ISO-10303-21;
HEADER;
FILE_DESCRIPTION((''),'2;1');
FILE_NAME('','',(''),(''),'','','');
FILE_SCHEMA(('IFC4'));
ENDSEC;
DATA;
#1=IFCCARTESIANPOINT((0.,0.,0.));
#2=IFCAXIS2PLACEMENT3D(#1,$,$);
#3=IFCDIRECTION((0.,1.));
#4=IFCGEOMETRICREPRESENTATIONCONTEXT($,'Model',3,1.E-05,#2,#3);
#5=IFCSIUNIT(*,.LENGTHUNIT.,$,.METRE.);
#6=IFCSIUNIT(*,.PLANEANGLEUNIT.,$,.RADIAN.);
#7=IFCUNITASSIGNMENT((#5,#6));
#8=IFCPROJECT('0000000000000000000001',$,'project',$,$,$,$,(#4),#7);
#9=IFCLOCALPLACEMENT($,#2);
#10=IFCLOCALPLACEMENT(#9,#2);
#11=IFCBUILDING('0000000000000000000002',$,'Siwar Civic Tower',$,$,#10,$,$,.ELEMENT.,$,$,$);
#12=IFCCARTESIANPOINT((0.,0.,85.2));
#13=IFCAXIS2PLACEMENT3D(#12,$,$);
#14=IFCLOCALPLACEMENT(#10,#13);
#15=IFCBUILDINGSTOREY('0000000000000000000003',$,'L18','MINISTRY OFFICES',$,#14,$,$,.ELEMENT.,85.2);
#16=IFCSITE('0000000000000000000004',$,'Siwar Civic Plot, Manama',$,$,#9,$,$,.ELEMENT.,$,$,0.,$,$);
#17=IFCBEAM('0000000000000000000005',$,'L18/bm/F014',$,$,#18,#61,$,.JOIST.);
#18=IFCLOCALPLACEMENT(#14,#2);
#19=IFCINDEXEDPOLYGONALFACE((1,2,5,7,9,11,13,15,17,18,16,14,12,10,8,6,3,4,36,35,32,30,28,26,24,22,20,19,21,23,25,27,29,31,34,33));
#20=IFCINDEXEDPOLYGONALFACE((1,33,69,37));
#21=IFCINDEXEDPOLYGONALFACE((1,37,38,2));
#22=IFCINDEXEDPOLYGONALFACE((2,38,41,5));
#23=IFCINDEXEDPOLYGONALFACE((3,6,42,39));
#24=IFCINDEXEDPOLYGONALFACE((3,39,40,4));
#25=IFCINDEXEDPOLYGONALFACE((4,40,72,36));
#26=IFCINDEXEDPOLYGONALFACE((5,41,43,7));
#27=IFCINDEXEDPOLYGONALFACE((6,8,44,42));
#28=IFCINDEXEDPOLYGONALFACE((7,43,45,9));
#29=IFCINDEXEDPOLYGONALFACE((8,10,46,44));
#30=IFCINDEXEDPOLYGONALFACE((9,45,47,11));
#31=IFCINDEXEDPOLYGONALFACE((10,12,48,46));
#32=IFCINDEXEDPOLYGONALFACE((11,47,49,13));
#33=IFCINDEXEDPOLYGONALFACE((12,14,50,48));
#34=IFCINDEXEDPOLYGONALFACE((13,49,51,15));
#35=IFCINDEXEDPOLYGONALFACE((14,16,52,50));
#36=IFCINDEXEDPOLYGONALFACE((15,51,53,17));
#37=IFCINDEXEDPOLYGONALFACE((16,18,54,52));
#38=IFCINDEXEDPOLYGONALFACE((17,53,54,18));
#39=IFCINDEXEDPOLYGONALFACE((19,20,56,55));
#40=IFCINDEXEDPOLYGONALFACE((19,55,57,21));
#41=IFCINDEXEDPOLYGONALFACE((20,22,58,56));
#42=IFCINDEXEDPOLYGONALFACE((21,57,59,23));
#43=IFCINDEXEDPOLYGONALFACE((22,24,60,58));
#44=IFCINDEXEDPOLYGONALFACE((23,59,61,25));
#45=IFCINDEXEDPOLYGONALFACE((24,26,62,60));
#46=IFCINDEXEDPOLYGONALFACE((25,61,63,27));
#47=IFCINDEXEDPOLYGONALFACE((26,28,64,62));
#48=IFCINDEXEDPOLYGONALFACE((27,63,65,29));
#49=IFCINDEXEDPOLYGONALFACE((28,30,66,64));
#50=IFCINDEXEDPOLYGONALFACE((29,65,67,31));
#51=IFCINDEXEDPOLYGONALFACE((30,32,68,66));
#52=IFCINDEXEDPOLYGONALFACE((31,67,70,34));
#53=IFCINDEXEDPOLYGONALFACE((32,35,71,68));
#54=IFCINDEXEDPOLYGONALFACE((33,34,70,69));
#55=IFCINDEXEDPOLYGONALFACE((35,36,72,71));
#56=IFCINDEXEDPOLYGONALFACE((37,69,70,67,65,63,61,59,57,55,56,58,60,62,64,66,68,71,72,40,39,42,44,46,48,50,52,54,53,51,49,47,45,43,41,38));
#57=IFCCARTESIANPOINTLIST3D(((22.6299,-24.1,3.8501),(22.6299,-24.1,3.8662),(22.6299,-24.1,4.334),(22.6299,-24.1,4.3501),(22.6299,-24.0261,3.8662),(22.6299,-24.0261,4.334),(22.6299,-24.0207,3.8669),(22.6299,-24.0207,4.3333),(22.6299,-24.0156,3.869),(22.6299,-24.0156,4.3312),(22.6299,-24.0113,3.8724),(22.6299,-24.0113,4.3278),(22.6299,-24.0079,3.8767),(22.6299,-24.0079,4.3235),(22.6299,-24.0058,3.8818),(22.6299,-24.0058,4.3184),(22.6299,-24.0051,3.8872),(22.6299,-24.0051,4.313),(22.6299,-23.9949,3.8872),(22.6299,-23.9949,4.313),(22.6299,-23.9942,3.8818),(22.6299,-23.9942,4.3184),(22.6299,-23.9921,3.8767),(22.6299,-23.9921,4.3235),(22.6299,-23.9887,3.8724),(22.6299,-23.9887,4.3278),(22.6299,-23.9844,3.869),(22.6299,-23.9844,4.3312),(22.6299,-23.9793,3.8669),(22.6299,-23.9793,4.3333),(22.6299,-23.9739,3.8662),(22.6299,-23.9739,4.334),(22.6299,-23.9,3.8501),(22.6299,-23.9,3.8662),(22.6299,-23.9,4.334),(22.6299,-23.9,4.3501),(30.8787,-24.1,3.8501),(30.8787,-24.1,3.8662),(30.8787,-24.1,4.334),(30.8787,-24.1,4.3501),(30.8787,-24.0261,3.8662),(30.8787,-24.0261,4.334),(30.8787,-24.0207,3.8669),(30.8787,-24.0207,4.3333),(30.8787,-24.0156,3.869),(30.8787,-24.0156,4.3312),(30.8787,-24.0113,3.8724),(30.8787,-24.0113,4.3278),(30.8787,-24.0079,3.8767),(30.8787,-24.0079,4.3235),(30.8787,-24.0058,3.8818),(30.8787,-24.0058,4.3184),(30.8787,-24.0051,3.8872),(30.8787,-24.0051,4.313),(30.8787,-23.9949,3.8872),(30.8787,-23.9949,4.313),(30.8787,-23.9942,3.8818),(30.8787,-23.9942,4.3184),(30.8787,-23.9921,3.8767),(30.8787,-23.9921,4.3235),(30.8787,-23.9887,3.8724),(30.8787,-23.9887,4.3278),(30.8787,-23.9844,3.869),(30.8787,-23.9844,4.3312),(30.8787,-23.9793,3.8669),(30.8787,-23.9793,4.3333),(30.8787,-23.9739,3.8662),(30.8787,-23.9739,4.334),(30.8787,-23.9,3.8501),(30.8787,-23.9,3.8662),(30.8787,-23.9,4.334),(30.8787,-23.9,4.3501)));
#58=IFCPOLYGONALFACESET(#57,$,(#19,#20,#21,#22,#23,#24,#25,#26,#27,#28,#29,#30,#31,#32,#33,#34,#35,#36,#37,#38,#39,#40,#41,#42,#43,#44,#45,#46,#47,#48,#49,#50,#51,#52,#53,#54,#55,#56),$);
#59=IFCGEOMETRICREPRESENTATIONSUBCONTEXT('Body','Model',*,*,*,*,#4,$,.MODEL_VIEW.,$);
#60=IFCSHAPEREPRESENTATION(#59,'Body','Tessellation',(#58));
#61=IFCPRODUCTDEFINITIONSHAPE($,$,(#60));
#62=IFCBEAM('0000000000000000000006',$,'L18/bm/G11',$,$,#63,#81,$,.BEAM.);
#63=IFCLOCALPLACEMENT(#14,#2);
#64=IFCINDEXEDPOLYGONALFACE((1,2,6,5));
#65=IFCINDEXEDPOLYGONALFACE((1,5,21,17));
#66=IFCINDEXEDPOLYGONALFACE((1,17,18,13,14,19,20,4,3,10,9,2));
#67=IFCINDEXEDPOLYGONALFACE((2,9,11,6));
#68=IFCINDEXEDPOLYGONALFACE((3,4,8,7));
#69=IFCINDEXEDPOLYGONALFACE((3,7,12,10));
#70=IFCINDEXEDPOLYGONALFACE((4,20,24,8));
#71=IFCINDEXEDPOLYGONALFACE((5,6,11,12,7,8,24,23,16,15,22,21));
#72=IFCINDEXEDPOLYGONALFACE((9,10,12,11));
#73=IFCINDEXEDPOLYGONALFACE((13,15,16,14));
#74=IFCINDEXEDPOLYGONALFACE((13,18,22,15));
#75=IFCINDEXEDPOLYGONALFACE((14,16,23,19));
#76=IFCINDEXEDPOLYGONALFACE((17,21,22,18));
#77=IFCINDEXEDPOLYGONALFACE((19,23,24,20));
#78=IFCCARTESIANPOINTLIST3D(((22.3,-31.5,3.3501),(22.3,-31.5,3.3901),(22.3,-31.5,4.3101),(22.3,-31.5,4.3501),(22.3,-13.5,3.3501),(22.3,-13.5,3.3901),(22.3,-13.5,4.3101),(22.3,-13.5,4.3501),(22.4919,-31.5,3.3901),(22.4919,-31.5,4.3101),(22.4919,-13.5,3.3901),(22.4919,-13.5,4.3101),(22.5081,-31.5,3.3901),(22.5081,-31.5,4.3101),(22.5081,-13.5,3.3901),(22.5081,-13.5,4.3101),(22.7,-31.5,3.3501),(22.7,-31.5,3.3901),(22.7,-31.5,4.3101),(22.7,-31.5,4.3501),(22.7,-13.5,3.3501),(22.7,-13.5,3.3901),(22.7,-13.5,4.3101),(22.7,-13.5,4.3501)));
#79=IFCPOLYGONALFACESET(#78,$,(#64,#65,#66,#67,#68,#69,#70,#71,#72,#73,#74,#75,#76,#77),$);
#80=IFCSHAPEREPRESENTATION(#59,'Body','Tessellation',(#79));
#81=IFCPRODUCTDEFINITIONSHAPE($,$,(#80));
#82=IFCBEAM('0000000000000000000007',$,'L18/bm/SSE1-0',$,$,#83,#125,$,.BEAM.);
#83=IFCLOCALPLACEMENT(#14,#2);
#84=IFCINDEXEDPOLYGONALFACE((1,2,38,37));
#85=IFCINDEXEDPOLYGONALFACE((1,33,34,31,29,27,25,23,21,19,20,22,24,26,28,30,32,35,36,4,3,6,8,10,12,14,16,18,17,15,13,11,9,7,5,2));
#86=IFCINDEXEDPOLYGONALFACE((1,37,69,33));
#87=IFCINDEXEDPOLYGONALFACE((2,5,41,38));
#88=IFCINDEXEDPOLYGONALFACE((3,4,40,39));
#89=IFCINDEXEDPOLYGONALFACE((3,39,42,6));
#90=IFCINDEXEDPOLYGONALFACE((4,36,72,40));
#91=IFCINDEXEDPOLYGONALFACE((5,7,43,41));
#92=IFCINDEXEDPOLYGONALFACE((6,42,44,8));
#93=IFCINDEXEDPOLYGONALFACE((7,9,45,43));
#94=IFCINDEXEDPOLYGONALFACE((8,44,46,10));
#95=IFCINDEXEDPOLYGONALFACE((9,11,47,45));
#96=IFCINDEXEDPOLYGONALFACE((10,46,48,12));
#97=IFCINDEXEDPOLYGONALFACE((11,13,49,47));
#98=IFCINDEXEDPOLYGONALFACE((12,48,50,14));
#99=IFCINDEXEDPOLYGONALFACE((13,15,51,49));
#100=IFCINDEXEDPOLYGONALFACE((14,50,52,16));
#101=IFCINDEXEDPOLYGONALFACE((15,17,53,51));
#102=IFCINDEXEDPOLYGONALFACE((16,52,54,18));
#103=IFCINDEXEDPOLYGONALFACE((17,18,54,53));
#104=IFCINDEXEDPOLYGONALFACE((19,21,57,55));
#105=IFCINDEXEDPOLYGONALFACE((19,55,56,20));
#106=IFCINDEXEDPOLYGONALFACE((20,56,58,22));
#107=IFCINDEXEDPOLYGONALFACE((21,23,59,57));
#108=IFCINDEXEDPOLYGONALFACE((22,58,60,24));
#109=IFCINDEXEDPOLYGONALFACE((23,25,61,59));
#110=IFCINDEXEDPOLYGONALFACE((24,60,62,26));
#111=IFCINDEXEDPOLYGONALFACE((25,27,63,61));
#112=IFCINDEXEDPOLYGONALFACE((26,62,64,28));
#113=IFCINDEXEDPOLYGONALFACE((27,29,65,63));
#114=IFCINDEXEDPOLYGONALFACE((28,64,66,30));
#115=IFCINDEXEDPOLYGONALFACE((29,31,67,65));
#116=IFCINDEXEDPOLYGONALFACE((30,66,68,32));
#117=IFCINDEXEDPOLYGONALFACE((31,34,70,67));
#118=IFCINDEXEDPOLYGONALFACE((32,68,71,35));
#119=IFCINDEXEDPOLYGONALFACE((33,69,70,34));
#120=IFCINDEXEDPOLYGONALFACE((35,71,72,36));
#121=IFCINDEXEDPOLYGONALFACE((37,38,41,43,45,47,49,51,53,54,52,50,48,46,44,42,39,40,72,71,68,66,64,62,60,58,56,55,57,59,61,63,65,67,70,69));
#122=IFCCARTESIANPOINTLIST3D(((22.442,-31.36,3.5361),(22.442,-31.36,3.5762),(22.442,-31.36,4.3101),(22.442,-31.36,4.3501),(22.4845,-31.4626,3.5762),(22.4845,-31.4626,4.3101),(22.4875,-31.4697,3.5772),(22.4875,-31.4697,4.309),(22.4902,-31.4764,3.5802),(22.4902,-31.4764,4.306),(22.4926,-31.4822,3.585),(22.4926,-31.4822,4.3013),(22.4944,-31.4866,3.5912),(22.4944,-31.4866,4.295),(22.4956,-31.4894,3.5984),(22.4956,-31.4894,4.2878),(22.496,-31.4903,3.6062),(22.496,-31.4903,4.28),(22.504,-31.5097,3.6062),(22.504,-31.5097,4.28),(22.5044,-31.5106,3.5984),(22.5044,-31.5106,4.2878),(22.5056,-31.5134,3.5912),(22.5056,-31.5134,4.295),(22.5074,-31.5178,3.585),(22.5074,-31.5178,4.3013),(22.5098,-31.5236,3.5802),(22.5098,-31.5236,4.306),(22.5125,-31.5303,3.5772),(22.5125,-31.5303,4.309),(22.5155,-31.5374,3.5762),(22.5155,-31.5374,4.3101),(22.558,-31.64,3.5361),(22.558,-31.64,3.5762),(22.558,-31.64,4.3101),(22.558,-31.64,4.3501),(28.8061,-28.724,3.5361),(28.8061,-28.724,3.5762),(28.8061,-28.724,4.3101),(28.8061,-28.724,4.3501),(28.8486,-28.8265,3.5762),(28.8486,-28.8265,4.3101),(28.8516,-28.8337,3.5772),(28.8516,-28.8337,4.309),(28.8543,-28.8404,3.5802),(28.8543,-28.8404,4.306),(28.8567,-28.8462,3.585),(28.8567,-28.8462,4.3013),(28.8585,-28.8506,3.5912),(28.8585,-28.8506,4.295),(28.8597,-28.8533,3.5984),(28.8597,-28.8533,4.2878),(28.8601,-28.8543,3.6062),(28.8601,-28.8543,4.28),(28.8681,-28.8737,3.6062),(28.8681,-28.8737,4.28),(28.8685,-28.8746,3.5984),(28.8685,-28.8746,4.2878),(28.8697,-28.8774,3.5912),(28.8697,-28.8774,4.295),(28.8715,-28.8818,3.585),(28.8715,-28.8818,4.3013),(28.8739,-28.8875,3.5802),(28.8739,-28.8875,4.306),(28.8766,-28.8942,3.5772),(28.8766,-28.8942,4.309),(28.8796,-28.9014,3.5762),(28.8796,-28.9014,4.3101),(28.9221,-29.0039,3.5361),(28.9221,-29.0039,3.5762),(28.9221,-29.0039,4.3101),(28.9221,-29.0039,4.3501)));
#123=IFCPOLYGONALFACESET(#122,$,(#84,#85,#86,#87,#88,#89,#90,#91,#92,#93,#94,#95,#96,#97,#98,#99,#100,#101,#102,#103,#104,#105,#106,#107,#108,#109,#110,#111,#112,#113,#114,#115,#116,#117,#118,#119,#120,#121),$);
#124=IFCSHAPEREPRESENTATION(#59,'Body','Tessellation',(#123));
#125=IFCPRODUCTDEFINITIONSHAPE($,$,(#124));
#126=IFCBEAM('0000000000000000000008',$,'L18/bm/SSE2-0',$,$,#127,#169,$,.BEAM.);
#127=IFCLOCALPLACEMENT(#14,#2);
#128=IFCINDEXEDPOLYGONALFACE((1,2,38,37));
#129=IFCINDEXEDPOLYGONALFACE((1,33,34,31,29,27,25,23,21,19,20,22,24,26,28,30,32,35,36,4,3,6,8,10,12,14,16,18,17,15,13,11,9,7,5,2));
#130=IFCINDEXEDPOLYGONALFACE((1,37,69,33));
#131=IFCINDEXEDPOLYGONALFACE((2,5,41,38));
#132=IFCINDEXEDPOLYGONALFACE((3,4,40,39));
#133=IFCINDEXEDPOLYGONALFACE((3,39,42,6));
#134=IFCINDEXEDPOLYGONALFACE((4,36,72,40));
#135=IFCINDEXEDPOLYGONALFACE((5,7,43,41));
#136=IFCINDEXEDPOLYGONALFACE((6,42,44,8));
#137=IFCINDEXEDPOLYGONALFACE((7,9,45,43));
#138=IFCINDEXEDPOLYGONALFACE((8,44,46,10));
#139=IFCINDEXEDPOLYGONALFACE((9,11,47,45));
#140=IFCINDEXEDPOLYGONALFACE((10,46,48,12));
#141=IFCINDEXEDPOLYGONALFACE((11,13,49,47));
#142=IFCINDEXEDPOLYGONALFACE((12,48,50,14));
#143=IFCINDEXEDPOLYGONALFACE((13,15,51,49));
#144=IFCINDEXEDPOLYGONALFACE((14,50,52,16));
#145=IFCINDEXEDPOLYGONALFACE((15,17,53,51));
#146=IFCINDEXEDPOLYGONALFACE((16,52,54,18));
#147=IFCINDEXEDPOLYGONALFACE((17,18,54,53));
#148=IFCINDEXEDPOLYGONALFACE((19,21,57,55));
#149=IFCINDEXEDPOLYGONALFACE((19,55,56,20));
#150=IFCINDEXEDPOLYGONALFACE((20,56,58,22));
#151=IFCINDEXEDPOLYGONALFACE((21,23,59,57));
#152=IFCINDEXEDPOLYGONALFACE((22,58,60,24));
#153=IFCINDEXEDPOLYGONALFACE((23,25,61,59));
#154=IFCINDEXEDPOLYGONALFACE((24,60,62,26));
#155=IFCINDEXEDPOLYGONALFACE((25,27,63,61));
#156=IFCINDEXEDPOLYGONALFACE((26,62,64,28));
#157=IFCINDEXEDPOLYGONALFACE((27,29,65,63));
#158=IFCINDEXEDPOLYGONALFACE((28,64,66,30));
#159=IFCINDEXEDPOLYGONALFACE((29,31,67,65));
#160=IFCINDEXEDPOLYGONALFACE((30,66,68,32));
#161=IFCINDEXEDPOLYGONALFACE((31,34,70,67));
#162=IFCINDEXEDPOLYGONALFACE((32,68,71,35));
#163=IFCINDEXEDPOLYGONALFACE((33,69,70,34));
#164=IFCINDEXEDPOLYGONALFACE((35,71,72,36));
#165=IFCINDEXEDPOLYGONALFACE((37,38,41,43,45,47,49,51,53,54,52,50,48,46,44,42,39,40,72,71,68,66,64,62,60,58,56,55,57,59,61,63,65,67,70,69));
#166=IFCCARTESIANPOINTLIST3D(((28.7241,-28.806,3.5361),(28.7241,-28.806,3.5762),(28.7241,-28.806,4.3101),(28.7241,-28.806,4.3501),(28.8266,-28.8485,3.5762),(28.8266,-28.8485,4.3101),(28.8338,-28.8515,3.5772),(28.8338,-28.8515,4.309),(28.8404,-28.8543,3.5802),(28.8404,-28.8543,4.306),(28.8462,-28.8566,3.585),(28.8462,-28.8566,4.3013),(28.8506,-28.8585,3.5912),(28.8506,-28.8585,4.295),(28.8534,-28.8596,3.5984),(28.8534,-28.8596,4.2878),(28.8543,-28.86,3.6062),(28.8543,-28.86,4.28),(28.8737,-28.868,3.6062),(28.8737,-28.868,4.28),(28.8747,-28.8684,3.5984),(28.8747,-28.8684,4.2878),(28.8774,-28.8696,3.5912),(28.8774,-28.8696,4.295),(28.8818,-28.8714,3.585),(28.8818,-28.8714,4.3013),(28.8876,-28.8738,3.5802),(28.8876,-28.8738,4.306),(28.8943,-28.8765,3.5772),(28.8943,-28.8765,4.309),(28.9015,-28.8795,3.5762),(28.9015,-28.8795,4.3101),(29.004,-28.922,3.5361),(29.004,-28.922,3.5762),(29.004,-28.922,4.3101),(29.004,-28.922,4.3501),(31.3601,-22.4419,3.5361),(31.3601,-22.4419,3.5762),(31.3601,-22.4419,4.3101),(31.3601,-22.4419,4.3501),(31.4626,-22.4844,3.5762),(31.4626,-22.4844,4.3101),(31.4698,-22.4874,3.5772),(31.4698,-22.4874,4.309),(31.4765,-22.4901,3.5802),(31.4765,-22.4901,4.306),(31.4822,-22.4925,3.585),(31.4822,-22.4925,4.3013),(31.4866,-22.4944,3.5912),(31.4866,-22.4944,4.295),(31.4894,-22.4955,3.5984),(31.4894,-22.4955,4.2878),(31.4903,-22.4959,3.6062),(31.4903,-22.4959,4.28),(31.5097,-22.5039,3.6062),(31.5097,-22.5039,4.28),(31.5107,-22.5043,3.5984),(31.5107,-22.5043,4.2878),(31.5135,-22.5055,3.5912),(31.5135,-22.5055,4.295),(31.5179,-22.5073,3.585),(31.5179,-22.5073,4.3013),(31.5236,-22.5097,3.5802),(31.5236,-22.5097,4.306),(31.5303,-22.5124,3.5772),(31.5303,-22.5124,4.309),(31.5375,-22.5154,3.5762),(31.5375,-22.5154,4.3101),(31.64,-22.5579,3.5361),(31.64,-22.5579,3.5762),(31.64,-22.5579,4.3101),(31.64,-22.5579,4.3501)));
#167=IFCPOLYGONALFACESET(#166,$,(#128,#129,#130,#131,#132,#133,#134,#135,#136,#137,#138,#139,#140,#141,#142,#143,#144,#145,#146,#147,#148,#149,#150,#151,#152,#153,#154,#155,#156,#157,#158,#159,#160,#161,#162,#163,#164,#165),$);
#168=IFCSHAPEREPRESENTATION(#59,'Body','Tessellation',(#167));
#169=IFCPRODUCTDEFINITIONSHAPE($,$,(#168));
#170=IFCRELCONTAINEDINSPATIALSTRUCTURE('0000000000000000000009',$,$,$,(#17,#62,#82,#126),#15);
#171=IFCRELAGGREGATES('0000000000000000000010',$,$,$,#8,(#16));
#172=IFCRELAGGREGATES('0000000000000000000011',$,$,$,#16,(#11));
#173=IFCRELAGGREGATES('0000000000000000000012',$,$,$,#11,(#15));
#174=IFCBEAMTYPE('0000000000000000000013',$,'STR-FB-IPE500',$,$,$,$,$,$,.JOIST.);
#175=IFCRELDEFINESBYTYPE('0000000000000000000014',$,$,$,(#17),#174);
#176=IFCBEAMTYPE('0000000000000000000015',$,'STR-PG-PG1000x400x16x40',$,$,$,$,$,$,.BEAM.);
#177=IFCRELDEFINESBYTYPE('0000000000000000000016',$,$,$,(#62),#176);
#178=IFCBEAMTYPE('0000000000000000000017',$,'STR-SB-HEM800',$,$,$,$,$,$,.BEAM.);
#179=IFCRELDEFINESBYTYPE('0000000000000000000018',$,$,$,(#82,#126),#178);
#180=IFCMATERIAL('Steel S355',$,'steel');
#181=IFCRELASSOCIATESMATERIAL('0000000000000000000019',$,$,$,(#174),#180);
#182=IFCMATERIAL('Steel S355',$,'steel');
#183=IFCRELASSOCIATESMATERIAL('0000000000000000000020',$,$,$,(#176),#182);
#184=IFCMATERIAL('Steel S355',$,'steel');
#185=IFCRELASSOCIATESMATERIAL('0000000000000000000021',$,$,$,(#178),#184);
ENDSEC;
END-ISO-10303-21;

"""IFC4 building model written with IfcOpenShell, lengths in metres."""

from ifc_helpers import new_model, si_unit, direction, frame, origin, origin_2d, place, context, subcontext, project, spatial, i_section, extrude, material, material_profile, profile_set, type_object, element, save


model = new_model("IFC4")

# Units and contexts
model_context = context("Model", 3, precision=1e-05, world=origin(), true_north=direction((0.0, 1.0)))
body_context = subcontext(model_context, "Body", "Model", "MODEL_VIEW")
ifc_project = project(units=[si_unit("LENGTHUNIT", "METRE"), si_unit("PLANEANGLEUNIT", "RADIAN")], contexts=[model_context])

# Site, building, storey
site_placement = place(None, origin())
site = spatial("IfcSite", under=ifc_project, at=site_placement, Name="Siwar Civic Plot, Manama", CompositionType="ELEMENT", RefElevation=0.0)
building_placement = place(site_placement, origin())
building = spatial("IfcBuilding", under=site, at=building_placement, Name="Siwar Civic Tower", CompositionType="ELEMENT")
storey_placement = place(building_placement, frame((0.0, 0.0, 85.2)))
storey = spatial("IfcBuildingStorey", under=building, at=storey_placement, Name="L18", Description="MINISTRY OFFICES", CompositionType="ELEMENT", Elevation=85.2)

# Beams
ifc_material_1 = material(Name="Steel S355", Category="steel")
ifc_material_profile_1 = material_profile(ifc_material_1, i_section(OverallWidth=0.2, OverallDepth=0.5, WebThickness=0.0103, FlangeThickness=0.0161, FilletRadius=0.021, at=origin_2d()), Name="IPE500")
ifc_profile_set_1 = profile_set([ifc_material_profile_1], Name="Steel S355")
beam_type_1 = type_object("IfcBeamType", Name="STR-FB-IPE500", PredefinedType="JOIST", material=ifc_profile_set_1)
beam_1_placement = place(storey_placement, frame((22.6299, -24.0, 4.1001), z_axis=(1.0, 0.0, 0.0), x_axis=(0.0, 1.0, 0.0)))
element("IfcBeam", 1, at=beam_1_placement, inside=storey, type_object=beam_type_1, Name="L18/bm/F014", PredefinedType="JOIST", context=body_context, shape_type="SweptSolid", body=[
    extrude(i_section(OverallWidth=0.2, OverallDepth=0.5, WebThickness=0.0103, FlangeThickness=0.0161, FilletRadius=0.021, at=origin_2d()), origin(), (0.0, 0.0, 1.0), 8.2488),
])
ifc_material_2 = material(Name="Steel S355", Category="steel")
ifc_material_profile_2 = material_profile(ifc_material_2, i_section(OverallWidth=0.3999, OverallDepth=1.0, WebThickness=0.0161, FlangeThickness=0.04, at=origin_2d()), Name="PG1000x400x16x40")
ifc_profile_set_2 = profile_set([ifc_material_profile_2], Name="Steel S355")
beam_type_2 = type_object("IfcBeamType", Name="STR-PG-PG1000x400x16x40", PredefinedType="BEAM", material=ifc_profile_set_2)
beam_2_placement = place(storey_placement, frame((22.5, -31.5, 3.8501), z_axis=(0.0, 1.0, 0.0), x_axis=(-1.0, 0.0, 0.0)))
element("IfcBeam", 2, at=beam_2_placement, inside=storey, type_object=beam_type_2, Name="L18/bm/G11", PredefinedType="BEAM", context=body_context, shape_type="SweptSolid", body=[
    extrude(i_section(OverallWidth=0.3999, OverallDepth=1.0, WebThickness=0.0161, FlangeThickness=0.04, at=origin_2d()), origin(), (0.0, 0.0, 1.0), 18.0),
])
ifc_material_3 = material(Name="Steel S355", Category="steel")
ifc_material_profile_3 = material_profile(ifc_material_3, i_section(OverallWidth=0.303, OverallDepth=0.814, WebThickness=0.021, FlangeThickness=0.04, FilletRadius=0.03, at=origin_2d()), Name="HEM800")
ifc_profile_set_3 = profile_set([ifc_material_profile_3], Name="Steel S355")
beam_type_3 = type_object("IfcBeamType", Name="STR-SB-HEM800", PredefinedType="BEAM", material=ifc_profile_set_3)
for number, where, z_axis, x_axis, name in (
    (3, (22.5, -31.5, 3.9431), (0.923883, 0.382674, 0.0), (-0.382674, 0.923883, 0.0), "L18/bm/SSE1-0"),
    (4, (28.864, -28.864, 3.9431), (0.382674, 0.923883, 0.0), (-0.923883, 0.382674, 0.0), "L18/bm/SSE2-0"),
):
    element("IfcBeam", number, at=place(storey_placement, frame(where, z_axis=z_axis, x_axis=x_axis)), inside=storey, type_object=beam_type_3, Name=name, PredefinedType="BEAM", context=body_context, shape_type="SweptSolid", body=[
        extrude(i_section(OverallWidth=0.303, OverallDepth=0.814, WebThickness=0.021, FlangeThickness=0.04, FilletRadius=0.03, at=origin_2d()), origin(), (0.0, 0.0, 1.0), 6.8884),
    ])

save(model, "model.ifc")
